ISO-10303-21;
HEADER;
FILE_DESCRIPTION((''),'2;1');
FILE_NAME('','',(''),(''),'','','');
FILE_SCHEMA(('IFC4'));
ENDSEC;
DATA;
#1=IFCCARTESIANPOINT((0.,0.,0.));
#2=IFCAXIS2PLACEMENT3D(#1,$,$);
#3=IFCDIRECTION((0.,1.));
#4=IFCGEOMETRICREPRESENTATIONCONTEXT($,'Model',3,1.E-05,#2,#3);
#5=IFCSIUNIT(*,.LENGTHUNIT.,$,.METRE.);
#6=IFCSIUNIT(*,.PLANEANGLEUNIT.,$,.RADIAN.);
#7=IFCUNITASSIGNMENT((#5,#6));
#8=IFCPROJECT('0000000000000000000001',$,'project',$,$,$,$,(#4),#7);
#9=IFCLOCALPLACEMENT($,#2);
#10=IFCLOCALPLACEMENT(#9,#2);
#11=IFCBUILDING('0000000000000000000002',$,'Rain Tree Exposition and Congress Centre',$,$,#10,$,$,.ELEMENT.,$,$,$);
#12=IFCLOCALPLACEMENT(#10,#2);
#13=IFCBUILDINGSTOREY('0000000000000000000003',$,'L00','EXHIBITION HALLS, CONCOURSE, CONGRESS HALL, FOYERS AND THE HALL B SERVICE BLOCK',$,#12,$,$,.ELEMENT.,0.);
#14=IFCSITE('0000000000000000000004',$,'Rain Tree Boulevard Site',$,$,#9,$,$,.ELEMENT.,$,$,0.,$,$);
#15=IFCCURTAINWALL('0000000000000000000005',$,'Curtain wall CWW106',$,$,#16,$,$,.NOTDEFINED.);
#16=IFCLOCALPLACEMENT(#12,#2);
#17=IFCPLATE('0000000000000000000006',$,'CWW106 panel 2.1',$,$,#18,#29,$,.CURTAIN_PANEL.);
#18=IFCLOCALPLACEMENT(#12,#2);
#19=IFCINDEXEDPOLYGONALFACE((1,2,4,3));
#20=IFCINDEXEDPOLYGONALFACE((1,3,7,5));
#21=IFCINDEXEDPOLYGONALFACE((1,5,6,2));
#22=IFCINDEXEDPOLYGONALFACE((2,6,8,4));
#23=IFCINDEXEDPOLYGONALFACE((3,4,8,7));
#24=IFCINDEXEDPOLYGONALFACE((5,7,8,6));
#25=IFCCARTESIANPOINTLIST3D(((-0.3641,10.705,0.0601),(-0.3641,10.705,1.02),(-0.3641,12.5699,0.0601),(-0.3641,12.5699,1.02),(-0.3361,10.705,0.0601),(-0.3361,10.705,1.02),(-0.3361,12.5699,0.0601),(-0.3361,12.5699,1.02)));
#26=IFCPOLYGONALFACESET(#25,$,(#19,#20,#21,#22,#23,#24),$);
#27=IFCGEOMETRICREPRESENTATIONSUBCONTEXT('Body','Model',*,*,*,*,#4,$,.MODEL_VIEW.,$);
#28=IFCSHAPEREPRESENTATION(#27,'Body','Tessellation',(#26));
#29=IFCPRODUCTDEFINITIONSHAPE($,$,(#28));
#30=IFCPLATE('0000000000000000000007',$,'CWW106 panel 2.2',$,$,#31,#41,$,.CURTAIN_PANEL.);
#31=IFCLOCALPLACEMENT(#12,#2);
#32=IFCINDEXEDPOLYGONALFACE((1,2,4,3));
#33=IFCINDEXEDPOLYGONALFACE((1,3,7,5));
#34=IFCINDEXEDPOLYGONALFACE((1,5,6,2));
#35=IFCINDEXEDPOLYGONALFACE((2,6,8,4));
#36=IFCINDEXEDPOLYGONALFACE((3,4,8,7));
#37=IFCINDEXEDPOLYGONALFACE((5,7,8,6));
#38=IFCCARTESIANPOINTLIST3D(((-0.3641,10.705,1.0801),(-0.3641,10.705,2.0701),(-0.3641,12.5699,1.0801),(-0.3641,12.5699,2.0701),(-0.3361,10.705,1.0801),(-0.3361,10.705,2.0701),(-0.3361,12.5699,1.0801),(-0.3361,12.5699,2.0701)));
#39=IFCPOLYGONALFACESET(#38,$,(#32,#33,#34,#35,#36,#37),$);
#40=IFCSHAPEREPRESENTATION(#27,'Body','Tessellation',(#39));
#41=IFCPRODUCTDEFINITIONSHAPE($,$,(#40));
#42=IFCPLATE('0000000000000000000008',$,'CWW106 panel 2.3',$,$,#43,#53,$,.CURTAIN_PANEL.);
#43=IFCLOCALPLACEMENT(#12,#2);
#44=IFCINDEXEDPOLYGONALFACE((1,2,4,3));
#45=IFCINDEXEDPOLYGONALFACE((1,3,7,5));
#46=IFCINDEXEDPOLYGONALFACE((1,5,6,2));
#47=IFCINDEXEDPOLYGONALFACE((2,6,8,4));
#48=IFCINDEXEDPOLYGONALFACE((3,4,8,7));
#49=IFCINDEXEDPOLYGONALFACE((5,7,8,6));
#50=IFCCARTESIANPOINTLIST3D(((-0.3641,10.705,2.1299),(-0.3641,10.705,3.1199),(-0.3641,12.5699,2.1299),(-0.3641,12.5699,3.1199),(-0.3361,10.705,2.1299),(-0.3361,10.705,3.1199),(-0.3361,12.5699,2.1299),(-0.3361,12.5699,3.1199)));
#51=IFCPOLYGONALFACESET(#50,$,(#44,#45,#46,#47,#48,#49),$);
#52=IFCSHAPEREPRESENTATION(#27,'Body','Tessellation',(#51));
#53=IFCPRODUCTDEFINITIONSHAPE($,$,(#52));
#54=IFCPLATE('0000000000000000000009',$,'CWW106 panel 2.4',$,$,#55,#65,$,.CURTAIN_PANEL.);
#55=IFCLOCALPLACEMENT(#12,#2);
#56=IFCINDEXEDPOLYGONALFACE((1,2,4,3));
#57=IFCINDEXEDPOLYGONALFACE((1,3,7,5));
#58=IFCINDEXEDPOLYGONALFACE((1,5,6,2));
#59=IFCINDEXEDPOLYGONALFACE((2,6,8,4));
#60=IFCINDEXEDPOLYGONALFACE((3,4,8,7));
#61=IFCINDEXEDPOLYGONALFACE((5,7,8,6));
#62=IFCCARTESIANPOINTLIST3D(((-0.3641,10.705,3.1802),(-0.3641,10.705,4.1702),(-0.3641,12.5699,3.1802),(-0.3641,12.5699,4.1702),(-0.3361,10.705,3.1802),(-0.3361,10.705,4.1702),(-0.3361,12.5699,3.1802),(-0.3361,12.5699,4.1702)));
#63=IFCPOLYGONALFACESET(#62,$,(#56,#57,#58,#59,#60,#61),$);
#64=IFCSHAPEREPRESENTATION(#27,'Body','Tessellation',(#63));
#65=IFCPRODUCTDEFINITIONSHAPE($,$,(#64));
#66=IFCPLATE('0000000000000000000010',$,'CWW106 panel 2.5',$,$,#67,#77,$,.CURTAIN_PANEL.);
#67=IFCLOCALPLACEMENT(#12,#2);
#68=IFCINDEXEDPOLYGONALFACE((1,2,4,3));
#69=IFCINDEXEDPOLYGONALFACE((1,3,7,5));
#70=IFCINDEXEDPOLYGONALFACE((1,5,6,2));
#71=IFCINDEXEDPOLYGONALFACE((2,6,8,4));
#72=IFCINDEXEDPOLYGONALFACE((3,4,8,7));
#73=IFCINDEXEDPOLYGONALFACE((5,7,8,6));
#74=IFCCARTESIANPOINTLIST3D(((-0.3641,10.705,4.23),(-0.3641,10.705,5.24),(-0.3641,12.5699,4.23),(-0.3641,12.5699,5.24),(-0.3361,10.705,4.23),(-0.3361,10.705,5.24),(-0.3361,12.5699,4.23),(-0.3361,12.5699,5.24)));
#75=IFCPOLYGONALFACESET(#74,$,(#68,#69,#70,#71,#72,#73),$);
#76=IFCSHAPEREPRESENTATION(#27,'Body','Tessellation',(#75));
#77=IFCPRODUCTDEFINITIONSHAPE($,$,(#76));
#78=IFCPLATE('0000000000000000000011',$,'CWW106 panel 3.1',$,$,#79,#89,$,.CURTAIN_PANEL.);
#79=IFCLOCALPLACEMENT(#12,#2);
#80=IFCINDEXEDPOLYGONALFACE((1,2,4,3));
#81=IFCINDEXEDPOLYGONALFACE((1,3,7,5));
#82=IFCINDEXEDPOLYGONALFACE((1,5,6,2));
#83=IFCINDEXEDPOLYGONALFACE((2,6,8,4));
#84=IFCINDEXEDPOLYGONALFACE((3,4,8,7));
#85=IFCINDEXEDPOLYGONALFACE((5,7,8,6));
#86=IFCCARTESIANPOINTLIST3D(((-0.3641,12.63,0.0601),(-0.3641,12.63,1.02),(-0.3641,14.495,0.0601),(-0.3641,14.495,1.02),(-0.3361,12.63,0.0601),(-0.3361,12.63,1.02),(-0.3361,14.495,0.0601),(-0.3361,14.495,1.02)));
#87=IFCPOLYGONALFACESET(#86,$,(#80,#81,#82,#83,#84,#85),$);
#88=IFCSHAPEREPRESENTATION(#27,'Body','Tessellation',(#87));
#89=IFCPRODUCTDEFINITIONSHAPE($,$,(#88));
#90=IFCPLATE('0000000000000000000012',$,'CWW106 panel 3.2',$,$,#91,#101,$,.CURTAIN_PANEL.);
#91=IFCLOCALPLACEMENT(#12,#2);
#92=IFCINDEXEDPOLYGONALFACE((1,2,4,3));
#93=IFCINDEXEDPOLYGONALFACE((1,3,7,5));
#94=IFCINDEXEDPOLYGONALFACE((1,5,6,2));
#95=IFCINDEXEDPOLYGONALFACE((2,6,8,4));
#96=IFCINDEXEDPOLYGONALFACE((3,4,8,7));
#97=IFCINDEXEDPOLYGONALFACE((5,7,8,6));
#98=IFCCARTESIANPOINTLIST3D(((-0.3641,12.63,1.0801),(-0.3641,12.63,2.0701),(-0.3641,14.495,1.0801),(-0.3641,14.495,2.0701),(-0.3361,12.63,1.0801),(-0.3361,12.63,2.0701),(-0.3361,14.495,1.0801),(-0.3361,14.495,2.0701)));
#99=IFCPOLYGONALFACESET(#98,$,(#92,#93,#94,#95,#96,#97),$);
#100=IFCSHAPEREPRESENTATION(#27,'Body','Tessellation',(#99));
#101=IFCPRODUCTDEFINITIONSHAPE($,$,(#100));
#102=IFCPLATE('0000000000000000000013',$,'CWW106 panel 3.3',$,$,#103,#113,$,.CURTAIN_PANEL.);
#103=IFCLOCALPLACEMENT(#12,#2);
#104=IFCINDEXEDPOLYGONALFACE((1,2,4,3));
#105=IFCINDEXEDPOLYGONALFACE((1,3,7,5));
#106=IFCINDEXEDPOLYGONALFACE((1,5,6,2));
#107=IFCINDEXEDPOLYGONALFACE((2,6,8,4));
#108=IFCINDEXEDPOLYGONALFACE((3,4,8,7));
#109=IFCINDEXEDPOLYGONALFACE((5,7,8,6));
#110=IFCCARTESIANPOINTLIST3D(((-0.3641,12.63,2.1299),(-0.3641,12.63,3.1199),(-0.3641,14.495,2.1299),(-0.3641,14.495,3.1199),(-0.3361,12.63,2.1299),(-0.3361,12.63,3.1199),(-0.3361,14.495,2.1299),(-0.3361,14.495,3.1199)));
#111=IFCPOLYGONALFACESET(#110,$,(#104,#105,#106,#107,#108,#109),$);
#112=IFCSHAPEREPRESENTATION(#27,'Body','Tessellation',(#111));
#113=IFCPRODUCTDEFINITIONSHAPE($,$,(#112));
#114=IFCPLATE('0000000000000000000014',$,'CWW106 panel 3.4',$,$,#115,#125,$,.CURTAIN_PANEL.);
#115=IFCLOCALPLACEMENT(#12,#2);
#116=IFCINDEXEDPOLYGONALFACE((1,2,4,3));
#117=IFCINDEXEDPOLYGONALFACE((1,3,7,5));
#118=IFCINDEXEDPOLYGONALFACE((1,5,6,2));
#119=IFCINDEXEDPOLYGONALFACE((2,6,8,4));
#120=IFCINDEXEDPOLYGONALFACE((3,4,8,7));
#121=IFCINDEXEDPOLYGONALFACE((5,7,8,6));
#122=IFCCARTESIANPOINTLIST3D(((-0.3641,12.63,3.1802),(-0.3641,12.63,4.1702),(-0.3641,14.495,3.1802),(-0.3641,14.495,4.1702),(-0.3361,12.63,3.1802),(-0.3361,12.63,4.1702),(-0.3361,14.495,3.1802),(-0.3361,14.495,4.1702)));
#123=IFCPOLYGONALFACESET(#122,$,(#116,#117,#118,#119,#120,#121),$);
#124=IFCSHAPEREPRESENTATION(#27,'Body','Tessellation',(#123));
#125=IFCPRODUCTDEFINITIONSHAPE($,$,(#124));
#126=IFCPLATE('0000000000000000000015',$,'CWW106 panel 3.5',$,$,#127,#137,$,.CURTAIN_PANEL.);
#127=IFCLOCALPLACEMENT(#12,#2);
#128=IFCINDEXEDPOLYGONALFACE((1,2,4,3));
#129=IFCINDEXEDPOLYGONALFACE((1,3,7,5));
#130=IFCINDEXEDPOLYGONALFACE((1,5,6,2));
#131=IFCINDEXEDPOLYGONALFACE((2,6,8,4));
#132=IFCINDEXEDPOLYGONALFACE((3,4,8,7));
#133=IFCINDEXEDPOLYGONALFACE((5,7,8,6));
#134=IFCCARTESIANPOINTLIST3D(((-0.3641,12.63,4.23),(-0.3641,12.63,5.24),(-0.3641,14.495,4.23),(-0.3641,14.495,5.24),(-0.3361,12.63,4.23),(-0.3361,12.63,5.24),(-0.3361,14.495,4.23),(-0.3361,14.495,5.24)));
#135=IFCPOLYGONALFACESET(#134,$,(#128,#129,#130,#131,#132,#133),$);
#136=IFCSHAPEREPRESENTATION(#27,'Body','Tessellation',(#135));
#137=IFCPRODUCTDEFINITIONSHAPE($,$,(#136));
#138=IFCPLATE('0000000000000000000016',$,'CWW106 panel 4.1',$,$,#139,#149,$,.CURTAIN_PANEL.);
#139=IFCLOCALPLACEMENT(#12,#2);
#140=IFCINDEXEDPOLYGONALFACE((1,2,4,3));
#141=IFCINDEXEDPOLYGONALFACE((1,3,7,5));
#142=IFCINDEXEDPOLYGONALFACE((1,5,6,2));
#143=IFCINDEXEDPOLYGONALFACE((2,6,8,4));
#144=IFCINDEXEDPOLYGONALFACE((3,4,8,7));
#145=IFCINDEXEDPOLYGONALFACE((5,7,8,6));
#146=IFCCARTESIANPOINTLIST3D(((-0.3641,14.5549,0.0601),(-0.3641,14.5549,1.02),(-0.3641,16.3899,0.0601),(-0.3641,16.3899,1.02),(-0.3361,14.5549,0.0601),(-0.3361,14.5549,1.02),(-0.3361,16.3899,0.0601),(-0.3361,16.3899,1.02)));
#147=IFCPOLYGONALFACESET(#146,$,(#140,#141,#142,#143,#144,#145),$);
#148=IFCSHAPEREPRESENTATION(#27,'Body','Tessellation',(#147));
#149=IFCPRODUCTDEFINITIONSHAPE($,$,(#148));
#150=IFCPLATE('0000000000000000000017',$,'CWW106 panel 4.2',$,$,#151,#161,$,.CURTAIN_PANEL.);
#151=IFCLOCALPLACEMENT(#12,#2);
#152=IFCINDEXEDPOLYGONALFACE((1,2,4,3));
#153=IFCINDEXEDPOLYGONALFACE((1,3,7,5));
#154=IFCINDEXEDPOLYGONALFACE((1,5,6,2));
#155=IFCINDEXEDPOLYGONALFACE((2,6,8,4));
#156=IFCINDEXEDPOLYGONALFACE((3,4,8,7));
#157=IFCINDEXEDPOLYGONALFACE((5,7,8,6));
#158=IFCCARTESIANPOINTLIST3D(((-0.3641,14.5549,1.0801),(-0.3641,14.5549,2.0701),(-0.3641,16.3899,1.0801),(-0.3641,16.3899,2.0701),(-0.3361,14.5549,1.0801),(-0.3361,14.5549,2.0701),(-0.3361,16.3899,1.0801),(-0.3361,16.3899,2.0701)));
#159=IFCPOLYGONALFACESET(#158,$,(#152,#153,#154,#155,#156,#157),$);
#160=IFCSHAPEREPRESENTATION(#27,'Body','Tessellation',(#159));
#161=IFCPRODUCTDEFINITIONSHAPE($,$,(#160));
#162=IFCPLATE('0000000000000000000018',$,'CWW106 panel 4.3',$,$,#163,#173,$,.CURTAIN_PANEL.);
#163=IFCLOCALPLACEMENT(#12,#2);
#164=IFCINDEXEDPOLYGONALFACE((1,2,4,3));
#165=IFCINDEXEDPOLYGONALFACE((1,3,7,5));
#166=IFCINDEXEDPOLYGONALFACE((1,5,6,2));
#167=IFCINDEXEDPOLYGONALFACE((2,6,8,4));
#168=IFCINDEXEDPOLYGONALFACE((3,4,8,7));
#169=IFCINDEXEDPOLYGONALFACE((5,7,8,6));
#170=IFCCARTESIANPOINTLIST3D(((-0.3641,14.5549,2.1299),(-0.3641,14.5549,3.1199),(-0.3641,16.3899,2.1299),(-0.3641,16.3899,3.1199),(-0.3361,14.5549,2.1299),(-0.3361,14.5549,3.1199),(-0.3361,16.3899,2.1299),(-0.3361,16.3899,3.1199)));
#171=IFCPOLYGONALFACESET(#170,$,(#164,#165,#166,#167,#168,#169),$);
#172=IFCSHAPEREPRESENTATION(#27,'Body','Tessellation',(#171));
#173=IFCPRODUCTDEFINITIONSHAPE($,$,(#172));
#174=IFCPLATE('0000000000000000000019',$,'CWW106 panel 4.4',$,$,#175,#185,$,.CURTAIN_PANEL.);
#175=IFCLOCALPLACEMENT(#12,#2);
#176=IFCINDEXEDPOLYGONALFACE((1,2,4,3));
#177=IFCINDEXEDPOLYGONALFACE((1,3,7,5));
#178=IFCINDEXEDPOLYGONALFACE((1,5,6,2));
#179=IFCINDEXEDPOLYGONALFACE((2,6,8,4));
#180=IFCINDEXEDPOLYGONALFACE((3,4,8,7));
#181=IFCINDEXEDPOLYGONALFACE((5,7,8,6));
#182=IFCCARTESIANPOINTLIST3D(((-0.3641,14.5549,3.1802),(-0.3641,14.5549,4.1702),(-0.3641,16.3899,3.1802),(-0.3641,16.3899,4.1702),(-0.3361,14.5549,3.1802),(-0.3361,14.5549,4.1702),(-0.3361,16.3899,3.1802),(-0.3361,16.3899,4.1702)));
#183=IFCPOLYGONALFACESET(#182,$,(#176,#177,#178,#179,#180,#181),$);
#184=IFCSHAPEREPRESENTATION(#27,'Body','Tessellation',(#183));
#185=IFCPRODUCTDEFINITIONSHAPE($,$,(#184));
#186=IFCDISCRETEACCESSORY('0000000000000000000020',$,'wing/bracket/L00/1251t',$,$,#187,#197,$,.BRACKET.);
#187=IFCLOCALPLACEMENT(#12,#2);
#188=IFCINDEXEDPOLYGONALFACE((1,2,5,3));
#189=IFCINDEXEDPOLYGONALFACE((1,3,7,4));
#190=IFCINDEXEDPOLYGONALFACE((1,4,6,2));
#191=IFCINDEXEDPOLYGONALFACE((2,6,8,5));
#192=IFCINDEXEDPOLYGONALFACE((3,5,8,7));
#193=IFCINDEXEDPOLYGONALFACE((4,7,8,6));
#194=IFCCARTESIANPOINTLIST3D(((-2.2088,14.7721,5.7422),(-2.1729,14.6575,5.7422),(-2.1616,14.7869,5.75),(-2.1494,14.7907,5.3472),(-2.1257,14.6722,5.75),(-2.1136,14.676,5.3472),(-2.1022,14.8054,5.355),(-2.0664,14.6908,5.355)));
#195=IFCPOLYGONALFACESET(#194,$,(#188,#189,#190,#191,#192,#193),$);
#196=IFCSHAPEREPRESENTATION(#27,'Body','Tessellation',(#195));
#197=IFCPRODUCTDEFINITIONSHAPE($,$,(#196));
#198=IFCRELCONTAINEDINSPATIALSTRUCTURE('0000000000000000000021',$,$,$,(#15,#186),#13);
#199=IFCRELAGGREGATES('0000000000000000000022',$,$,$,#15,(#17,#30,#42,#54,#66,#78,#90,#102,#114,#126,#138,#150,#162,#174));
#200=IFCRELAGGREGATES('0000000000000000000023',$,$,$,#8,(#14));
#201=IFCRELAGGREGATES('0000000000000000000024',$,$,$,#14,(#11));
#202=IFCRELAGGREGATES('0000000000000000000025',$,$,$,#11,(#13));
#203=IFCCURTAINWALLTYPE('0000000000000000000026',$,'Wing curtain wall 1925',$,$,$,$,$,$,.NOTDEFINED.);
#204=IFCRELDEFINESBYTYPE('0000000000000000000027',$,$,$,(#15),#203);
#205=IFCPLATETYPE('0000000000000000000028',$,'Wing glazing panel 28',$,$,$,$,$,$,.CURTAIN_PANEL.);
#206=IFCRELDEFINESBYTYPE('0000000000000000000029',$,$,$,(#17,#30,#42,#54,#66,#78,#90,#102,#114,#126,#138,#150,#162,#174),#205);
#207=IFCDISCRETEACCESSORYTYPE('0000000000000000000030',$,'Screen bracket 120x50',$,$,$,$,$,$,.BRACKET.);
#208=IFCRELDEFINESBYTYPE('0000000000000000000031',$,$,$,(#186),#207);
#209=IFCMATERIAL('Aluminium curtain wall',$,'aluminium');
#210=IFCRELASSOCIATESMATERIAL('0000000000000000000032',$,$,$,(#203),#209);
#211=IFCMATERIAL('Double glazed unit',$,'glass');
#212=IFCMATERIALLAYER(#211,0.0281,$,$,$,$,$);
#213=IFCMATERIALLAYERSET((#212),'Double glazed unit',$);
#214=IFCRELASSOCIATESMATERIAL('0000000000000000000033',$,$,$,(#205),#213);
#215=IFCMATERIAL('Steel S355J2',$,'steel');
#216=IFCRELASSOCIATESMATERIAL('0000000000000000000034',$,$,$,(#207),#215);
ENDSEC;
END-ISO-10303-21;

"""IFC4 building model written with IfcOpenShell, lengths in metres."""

from ifc_helpers import new_model, si_unit, direction, frame, origin, origin_2d, place, context, subcontext, project, spatial, rectangle, extrude, material, layer, layer_set, material_profile, profile_set, type_object, element, aggregate, save


model = new_model("IFC4")

# Units and contexts
model_context = context("Model", 3, precision=1e-05, world=origin(), true_north=direction((0.0, 1.0)))
body_context = subcontext(model_context, "Body", "Model", "MODEL_VIEW")
ifc_project = project(units=[si_unit("LENGTHUNIT", "METRE"), si_unit("PLANEANGLEUNIT", "RADIAN")], contexts=[model_context])

# Site, building, storey
site_placement = place(None, origin())
site = spatial("IfcSite", under=ifc_project, at=site_placement, Name="Rain Tree Boulevard Site", CompositionType="ELEMENT", RefElevation=0.0)
building_placement = place(site_placement, origin())
building = spatial("IfcBuilding", under=site, at=building_placement, Name="Rain Tree Exposition and Congress Centre", CompositionType="ELEMENT")
storey_placement = place(building_placement, origin())
storey = spatial("IfcBuildingStorey", under=building, at=storey_placement, Name="L00", Description="EXHIBITION HALLS, CONCOURSE, CONGRESS HALL, FOYERS AND THE HALL B SERVICE BLOCK", CompositionType="ELEMENT", Elevation=0.0)

# Curtain wall, plates
ifc_material_1 = material(Name="Aluminium curtain wall", Category="aluminium")
curtain_wall_type = type_object("IfcCurtainWallType", Name="Wing curtain wall 1925", PredefinedType="NOTDEFINED", material=ifc_material_1)
curtain_wall_placement = place(storey_placement, origin())
curtain_wall = element("IfcCurtainWall", 1, at=curtain_wall_placement, inside=storey, type_object=curtain_wall_type, Name="Curtain wall CWW106", PredefinedType="NOTDEFINED")
ifc_material_2 = material(Name="Double glazed unit", Category="glass")
ifc_layer_1 = layer(ifc_material_2, 0.0281)
ifc_layer_set_1 = layer_set([ifc_layer_1], Name="Double glazed unit")
plate_type = type_object("IfcPlateType", Name="Wing glazing panel 28", PredefinedType="CURTAIN_PANEL", material=ifc_layer_set_1)
plate_1_placement = place(storey_placement, frame((-0.3501, 11.6375, 0.0601), z_axis=(0.0, 0.0, 1.0), x_axis=(0.0, 1.0, 0.0)))
plate_1 = element("IfcPlate", 2, at=plate_1_placement, type_object=plate_type, Name="CWW106 panel 2.1", PredefinedType="CURTAIN_PANEL", context=body_context, shape_type="SweptSolid", body=[
    extrude(rectangle(XDim=1.865, YDim=0.0281, at=origin_2d()), origin(), (0.0, 0.0, 1.0), 0.96),
])
plate_2_placement = place(storey_placement, frame((-0.3501, 11.6375, 1.0801), z_axis=(0.0, 0.0, 1.0), x_axis=(0.0, 1.0, 0.0)))
plate_2 = element("IfcPlate", 3, at=plate_2_placement, type_object=plate_type, Name="CWW106 panel 2.2", PredefinedType="CURTAIN_PANEL", context=body_context, shape_type="SweptSolid", body=[
    extrude(rectangle(XDim=1.865, YDim=0.0281, at=origin_2d()), origin(), (0.0, 0.0, 1.0), 0.99),
])
plate_3_placement = place(storey_placement, frame((-0.3501, 11.6375, 2.1299), z_axis=(0.0, 0.0, 1.0), x_axis=(0.0, 1.0, 0.0)))
plate_3 = element("IfcPlate", 4, at=plate_3_placement, type_object=plate_type, Name="CWW106 panel 2.3", PredefinedType="CURTAIN_PANEL", context=body_context, shape_type="SweptSolid", body=[
    extrude(rectangle(XDim=1.865, YDim=0.0281, at=origin_2d()), origin(), (0.0, 0.0, 1.0), 0.99),
])
plate_4_placement = place(storey_placement, frame((-0.3501, 11.6375, 3.1802), z_axis=(0.0, 0.0, 1.0), x_axis=(0.0, 1.0, 0.0)))
plate_4 = element("IfcPlate", 5, at=plate_4_placement, type_object=plate_type, Name="CWW106 panel 2.4", PredefinedType="CURTAIN_PANEL", context=body_context, shape_type="SweptSolid", body=[
    extrude(rectangle(XDim=1.865, YDim=0.0281, at=origin_2d()), origin(), (0.0, 0.0, 1.0), 0.99),
])
plate_5_placement = place(storey_placement, frame((-0.3501, 11.6375, 4.23), z_axis=(0.0, 0.0, 1.0), x_axis=(0.0, 1.0, 0.0)))
plate_5 = element("IfcPlate", 6, at=plate_5_placement, type_object=plate_type, Name="CWW106 panel 2.5", PredefinedType="CURTAIN_PANEL", context=body_context, shape_type="SweptSolid", body=[
    extrude(rectangle(XDim=1.865, YDim=0.0281, at=origin_2d()), origin(), (0.0, 0.0, 1.0), 1.01),
])
plate_6_placement = place(storey_placement, frame((-0.3501, 13.5625, 0.0601), z_axis=(0.0, 0.0, 1.0), x_axis=(0.0, 1.0, 0.0)))
plate_6 = element("IfcPlate", 7, at=plate_6_placement, type_object=plate_type, Name="CWW106 panel 3.1", PredefinedType="CURTAIN_PANEL", context=body_context, shape_type="SweptSolid", body=[
    extrude(rectangle(XDim=1.865, YDim=0.0281, at=origin_2d()), origin(), (0.0, 0.0, 1.0), 0.96),
])
plate_7_placement = place(storey_placement, frame((-0.3501, 13.5625, 1.0801), z_axis=(0.0, 0.0, 1.0), x_axis=(0.0, 1.0, 0.0)))
plate_7 = element("IfcPlate", 8, at=plate_7_placement, type_object=plate_type, Name="CWW106 panel 3.2", PredefinedType="CURTAIN_PANEL", context=body_context, shape_type="SweptSolid", body=[
    extrude(rectangle(XDim=1.865, YDim=0.0281, at=origin_2d()), origin(), (0.0, 0.0, 1.0), 0.99),
])
plate_8_placement = place(storey_placement, frame((-0.3501, 13.5625, 2.1299), z_axis=(0.0, 0.0, 1.0), x_axis=(0.0, 1.0, 0.0)))
plate_8 = element("IfcPlate", 9, at=plate_8_placement, type_object=plate_type, Name="CWW106 panel 3.3", PredefinedType="CURTAIN_PANEL", context=body_context, shape_type="SweptSolid", body=[
    extrude(rectangle(XDim=1.865, YDim=0.0281, at=origin_2d()), origin(), (0.0, 0.0, 1.0), 0.99),
])
plate_9_placement = place(storey_placement, frame((-0.3501, 13.5625, 3.1802), z_axis=(0.0, 0.0, 1.0), x_axis=(0.0, 1.0, 0.0)))
plate_9 = element("IfcPlate", 10, at=plate_9_placement, type_object=plate_type, Name="CWW106 panel 3.4", PredefinedType="CURTAIN_PANEL", context=body_context, shape_type="SweptSolid", body=[
    extrude(rectangle(XDim=1.865, YDim=0.0281, at=origin_2d()), origin(), (0.0, 0.0, 1.0), 0.99),
])
plate_10_placement = place(storey_placement, frame((-0.3501, 13.5625, 4.23), z_axis=(0.0, 0.0, 1.0), x_axis=(0.0, 1.0, 0.0)))
plate_10 = element("IfcPlate", 11, at=plate_10_placement, type_object=plate_type, Name="CWW106 panel 3.5", PredefinedType="CURTAIN_PANEL", context=body_context, shape_type="SweptSolid", body=[
    extrude(rectangle(XDim=1.865, YDim=0.0281, at=origin_2d()), origin(), (0.0, 0.0, 1.0), 1.01),
])
plate_11_placement = place(storey_placement, frame((-0.3501, 15.4724, 0.0601), z_axis=(0.0, 0.0, 1.0), x_axis=(0.0, 1.0, 0.0)))
plate_11 = element("IfcPlate", 12, at=plate_11_placement, type_object=plate_type, Name="CWW106 panel 4.1", PredefinedType="CURTAIN_PANEL", context=body_context, shape_type="SweptSolid", body=[
    extrude(rectangle(XDim=1.835, YDim=0.0281, at=origin_2d()), origin(), (0.0, 0.0, 1.0), 0.96),
])
plate_12_placement = place(storey_placement, frame((-0.3501, 15.4724, 1.0801), z_axis=(0.0, 0.0, 1.0), x_axis=(0.0, 1.0, 0.0)))
plate_12 = element("IfcPlate", 13, at=plate_12_placement, type_object=plate_type, Name="CWW106 panel 4.2", PredefinedType="CURTAIN_PANEL", context=body_context, shape_type="SweptSolid", body=[
    extrude(rectangle(XDim=1.835, YDim=0.0281, at=origin_2d()), origin(), (0.0, 0.0, 1.0), 0.99),
])
plate_13_placement = place(storey_placement, frame((-0.3501, 15.4724, 2.1299), z_axis=(0.0, 0.0, 1.0), x_axis=(0.0, 1.0, 0.0)))
plate_13 = element("IfcPlate", 14, at=plate_13_placement, type_object=plate_type, Name="CWW106 panel 4.3", PredefinedType="CURTAIN_PANEL", context=body_context, shape_type="SweptSolid", body=[
    extrude(rectangle(XDim=1.835, YDim=0.0281, at=origin_2d()), origin(), (0.0, 0.0, 1.0), 0.99),
])
plate_14_placement = place(storey_placement, frame((-0.3501, 15.4724, 3.1802), z_axis=(0.0, 0.0, 1.0), x_axis=(0.0, 1.0, 0.0)))
plate_14 = element("IfcPlate", 15, at=plate_14_placement, type_object=plate_type, Name="CWW106 panel 4.4", PredefinedType="CURTAIN_PANEL", context=body_context, shape_type="SweptSolid", body=[
    extrude(rectangle(XDim=1.835, YDim=0.0281, at=origin_2d()), origin(), (0.0, 0.0, 1.0), 0.99),
])
aggregate(curtain_wall, [plate_1, plate_2, plate_3, plate_4, plate_5, plate_6, plate_7, plate_8, plate_9, plate_10, plate_11, plate_12, plate_13, plate_14])

# Discrete accessory
ifc_material_3 = material(Name="Steel S355J2", Category="steel")
ifc_material_profile_1 = material_profile(ifc_material_3, rectangle(XDim=0.1201, YDim=0.05, at=origin_2d()), Name="Flat bar 120x50")
ifc_profile_set_1 = profile_set([ifc_material_profile_1], Name="Steel S355J2")
discrete_accessory_type = type_object("IfcDiscreteAccessoryType", Name="Screen bracket 120x50", PredefinedType="BRACKET", material=ifc_profile_set_1)
for number, where, z_axis, x_axis, name in (
    (16, (-2.1079, 14.7407, 5.3511), (-0.14836, -0.046401, 0.987844), (0.298499, -0.95441, 0.0), "wing/bracket/L00/1251t"),
):
    element("IfcDiscreteAccessory", number, at=place(storey_placement, frame(where, z_axis=z_axis, x_axis=x_axis)), inside=storey, type_object=discrete_accessory_type, Name=name, PredefinedType="BRACKET", context=body_context, shape_type="SweptSolid", body=[
        extrude(rectangle(XDim=0.1201, YDim=0.05, at=origin_2d()), origin(), (0.0, 0.0, 1.0), 0.3999),
    ])

save(model, "model.ifc")
